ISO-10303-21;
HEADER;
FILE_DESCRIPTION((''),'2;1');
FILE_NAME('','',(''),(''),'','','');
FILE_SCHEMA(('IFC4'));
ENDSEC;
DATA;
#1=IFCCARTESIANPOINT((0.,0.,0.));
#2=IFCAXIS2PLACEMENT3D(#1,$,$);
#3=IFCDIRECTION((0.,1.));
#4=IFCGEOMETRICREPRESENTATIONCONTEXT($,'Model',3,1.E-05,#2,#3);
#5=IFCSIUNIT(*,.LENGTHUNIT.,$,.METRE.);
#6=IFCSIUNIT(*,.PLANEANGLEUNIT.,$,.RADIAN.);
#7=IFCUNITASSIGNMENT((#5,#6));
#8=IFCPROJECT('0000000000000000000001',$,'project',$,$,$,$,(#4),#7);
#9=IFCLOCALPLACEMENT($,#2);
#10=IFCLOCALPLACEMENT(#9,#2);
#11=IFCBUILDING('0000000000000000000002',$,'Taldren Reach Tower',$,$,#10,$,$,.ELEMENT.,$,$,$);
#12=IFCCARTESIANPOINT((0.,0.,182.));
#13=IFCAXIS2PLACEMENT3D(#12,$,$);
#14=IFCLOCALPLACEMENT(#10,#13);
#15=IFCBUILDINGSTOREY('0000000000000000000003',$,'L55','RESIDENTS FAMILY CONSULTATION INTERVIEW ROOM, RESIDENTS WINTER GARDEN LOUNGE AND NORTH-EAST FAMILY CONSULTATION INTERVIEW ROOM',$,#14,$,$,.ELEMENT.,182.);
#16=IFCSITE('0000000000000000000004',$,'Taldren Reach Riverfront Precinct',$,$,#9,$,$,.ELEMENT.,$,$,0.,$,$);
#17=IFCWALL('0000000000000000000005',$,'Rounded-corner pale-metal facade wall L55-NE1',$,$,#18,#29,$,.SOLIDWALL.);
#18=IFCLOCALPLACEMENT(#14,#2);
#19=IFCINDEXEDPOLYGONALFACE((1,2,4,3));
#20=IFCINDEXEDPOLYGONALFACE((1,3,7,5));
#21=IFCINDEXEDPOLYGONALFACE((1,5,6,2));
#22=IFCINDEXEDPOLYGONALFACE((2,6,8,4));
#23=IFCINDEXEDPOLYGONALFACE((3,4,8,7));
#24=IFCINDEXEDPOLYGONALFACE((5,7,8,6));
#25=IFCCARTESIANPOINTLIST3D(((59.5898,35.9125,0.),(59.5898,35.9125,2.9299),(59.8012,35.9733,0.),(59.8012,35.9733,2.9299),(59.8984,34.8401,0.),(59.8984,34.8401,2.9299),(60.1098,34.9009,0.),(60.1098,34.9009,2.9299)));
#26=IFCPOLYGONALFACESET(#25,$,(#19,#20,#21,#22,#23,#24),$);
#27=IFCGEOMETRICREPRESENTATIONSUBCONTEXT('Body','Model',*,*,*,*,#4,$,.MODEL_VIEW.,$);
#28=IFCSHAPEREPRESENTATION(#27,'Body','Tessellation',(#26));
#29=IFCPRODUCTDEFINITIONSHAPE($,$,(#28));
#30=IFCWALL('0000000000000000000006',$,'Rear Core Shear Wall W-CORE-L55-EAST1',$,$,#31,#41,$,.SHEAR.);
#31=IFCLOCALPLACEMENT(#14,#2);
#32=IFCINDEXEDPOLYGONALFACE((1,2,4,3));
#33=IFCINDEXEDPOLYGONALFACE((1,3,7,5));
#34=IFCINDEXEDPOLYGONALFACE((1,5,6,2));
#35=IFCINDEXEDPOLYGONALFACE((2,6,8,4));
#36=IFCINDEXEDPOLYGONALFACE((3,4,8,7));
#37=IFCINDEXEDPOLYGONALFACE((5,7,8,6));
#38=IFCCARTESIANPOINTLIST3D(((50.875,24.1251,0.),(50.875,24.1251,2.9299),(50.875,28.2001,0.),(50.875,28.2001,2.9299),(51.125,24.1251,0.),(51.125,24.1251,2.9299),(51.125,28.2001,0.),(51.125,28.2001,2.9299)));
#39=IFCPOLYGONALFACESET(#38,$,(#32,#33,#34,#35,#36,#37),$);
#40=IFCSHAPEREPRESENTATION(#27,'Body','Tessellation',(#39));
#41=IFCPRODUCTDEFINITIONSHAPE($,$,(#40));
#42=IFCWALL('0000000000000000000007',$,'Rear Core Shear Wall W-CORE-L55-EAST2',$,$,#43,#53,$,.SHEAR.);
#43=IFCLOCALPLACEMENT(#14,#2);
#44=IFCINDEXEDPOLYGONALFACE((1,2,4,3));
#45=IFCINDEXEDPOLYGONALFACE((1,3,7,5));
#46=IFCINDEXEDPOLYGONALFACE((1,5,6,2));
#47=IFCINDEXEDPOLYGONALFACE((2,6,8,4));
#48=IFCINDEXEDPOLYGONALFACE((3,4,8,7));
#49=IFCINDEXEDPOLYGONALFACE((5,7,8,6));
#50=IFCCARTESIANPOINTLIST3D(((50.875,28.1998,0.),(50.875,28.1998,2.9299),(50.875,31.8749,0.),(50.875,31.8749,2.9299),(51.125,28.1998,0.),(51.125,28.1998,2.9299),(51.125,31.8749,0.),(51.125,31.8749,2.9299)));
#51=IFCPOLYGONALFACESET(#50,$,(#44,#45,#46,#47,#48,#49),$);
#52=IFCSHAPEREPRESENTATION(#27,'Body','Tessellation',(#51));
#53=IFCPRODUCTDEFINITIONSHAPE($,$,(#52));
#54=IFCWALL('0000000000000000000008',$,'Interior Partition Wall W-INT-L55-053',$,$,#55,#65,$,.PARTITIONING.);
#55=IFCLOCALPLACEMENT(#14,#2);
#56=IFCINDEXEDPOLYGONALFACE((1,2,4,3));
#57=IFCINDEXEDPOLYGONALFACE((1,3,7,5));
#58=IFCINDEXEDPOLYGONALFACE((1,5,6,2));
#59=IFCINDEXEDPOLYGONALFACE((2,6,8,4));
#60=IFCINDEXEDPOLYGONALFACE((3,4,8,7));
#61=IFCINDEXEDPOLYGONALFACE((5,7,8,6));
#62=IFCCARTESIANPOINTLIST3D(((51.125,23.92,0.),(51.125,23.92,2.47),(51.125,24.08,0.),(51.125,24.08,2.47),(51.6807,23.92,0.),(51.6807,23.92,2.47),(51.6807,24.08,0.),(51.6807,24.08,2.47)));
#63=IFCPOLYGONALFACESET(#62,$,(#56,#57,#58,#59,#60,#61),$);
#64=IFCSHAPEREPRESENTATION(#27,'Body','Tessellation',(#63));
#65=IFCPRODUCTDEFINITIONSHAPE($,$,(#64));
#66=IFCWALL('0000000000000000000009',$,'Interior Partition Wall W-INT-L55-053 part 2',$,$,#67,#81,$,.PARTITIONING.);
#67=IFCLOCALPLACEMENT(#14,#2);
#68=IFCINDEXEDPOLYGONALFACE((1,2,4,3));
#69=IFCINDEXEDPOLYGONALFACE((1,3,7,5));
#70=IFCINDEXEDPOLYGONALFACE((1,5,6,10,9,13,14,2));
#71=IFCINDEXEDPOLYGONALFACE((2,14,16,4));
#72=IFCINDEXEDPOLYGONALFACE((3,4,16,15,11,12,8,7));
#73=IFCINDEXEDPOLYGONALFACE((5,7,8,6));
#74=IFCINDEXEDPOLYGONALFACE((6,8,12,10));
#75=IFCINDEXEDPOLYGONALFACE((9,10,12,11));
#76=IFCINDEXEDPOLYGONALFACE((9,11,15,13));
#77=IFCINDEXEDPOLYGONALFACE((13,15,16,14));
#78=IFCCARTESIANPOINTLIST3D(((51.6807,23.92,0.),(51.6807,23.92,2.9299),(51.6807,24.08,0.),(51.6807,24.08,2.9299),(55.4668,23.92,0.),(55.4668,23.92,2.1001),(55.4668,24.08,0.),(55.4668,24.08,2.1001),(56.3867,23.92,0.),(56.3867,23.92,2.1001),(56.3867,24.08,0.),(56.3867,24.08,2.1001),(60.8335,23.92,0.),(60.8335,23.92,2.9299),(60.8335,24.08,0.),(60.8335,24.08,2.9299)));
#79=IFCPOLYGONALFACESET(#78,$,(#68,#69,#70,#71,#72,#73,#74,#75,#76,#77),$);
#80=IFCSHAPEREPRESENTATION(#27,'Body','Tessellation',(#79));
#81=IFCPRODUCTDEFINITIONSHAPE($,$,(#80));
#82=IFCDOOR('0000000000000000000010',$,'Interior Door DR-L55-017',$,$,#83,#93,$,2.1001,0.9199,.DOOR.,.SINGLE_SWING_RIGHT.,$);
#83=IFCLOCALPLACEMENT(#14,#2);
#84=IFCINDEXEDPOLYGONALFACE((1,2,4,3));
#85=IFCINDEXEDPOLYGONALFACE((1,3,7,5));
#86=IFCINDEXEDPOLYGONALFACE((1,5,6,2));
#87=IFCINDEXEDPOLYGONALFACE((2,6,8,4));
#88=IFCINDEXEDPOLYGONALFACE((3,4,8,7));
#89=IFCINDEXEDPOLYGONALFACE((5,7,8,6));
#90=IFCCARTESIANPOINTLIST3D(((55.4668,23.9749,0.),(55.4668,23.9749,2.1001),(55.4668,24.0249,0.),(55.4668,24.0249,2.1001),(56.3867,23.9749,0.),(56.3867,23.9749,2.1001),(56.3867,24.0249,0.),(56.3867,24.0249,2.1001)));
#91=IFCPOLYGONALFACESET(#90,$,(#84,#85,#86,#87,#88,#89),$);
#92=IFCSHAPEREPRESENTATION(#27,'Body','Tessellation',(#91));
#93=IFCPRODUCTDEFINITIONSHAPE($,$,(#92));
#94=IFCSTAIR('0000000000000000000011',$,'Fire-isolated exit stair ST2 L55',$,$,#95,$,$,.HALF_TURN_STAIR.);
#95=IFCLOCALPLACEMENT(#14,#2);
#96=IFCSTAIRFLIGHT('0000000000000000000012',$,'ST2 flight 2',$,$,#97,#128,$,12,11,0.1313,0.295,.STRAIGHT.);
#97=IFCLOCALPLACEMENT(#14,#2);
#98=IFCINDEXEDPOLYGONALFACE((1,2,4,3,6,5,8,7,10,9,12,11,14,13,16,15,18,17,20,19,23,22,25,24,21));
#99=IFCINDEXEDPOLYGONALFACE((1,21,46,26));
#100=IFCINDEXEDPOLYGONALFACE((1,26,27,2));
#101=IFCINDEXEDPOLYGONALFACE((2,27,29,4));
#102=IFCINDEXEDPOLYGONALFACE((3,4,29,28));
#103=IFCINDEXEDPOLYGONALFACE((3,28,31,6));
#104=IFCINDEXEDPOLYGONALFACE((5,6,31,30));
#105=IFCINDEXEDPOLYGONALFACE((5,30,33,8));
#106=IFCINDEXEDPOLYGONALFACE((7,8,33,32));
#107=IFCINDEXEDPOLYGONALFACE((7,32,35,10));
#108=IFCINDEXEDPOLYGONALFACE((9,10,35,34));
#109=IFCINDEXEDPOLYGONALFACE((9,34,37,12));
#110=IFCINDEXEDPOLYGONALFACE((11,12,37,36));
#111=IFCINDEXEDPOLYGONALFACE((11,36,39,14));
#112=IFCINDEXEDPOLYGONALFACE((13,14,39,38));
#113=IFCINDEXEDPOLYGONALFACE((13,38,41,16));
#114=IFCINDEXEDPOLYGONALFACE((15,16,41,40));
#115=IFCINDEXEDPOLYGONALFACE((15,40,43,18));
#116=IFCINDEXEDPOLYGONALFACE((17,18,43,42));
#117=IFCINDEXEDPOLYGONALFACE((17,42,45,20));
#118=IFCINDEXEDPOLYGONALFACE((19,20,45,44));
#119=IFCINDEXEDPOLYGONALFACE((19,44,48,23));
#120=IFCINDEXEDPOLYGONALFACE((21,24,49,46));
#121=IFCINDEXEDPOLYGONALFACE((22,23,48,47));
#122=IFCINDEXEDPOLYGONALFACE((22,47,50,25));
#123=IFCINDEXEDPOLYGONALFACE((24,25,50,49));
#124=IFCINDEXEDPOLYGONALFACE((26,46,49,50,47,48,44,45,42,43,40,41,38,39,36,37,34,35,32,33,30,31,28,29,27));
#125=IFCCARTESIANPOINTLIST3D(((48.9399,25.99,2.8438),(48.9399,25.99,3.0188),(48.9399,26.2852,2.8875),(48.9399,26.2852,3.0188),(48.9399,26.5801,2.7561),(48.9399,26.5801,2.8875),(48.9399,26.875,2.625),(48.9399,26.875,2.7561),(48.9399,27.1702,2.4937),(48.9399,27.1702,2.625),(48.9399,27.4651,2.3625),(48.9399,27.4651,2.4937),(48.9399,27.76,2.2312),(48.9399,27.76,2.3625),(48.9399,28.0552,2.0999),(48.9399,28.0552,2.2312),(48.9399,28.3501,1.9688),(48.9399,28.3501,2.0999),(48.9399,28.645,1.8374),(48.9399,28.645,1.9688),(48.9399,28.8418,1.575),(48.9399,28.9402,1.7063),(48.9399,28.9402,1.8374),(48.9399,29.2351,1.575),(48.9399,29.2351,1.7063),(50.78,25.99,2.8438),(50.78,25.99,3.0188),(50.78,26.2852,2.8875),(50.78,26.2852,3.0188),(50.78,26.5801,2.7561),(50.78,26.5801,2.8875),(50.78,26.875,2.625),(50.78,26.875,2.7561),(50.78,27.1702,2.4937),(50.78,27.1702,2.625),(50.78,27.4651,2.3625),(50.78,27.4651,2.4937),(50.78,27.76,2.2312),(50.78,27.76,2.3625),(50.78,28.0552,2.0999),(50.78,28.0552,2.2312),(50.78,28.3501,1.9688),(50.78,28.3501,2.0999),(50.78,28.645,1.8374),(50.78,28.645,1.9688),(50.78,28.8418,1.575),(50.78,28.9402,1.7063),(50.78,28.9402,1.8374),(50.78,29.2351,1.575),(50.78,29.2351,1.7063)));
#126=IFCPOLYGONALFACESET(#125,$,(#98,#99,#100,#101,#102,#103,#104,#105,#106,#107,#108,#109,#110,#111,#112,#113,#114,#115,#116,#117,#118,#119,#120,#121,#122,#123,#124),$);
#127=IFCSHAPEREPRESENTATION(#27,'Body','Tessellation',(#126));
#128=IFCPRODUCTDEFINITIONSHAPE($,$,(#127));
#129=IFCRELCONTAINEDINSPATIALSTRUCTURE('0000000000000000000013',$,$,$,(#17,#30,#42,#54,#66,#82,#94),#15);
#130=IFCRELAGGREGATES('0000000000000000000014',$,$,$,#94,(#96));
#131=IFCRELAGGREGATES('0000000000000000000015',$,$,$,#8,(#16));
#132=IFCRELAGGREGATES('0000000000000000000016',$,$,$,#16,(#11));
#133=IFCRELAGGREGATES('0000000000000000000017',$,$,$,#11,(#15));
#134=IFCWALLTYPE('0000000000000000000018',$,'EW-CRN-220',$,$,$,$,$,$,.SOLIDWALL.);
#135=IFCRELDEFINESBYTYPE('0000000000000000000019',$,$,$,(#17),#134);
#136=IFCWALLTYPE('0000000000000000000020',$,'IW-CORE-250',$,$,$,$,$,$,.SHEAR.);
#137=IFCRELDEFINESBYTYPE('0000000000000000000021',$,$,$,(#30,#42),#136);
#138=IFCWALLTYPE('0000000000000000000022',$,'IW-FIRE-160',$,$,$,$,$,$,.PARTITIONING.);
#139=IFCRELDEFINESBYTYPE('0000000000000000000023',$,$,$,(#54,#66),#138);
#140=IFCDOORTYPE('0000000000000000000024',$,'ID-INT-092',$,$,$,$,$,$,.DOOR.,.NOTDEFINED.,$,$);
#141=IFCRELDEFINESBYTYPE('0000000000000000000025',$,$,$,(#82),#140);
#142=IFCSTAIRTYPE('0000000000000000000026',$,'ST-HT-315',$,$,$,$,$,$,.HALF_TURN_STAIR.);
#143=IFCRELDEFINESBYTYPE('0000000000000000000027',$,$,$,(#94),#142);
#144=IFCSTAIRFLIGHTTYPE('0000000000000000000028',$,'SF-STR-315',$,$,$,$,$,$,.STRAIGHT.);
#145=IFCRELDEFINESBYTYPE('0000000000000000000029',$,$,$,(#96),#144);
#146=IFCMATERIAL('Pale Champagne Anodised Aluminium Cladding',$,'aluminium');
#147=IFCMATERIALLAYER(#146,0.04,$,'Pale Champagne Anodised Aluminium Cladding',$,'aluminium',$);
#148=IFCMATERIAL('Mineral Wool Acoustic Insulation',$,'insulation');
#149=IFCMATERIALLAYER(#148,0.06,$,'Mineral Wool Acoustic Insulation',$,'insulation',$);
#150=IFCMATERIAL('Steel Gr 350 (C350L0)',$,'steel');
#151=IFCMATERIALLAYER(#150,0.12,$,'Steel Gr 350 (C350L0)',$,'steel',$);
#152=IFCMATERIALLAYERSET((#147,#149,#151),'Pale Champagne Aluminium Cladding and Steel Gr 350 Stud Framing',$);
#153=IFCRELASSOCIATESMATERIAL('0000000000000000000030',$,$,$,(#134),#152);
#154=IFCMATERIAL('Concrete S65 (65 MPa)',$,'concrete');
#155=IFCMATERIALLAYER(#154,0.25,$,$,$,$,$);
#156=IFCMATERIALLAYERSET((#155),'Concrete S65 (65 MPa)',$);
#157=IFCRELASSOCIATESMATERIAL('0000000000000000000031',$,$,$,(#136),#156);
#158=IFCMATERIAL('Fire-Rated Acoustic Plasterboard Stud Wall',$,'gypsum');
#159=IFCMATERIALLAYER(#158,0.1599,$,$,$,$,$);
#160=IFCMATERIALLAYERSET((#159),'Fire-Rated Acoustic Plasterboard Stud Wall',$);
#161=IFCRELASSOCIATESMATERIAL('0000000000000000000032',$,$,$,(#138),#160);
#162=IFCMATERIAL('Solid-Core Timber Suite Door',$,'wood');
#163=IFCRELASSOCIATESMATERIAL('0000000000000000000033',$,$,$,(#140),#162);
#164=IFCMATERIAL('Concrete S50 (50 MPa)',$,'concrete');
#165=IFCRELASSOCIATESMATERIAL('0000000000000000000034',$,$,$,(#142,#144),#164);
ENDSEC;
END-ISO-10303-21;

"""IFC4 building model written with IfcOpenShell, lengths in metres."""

from ifc_helpers import new_model, si_unit, direction, frame, frame_2d, origin, place, context, subcontext, project, spatial, polyline, rectangle, outline, extrude, source, transform, mapped, material, layer, layer_set, type_object, element, fill, aggregate, save


model = new_model("IFC4")

# Units and contexts
model_context = context("Model", 3, precision=1e-05, world=origin(), true_north=direction((0.0, 1.0)))
body_context = subcontext(model_context, "Body", "Model", "MODEL_VIEW")
ifc_project = project(units=[si_unit("LENGTHUNIT", "METRE"), si_unit("PLANEANGLEUNIT", "RADIAN")], contexts=[model_context])

# Site, building, storey
site_placement = place(None, origin())
site = spatial("IfcSite", under=ifc_project, at=site_placement, Name="Taldren Reach Riverfront Precinct", CompositionType="ELEMENT", RefElevation=0.0)
building_placement = place(site_placement, origin())
building = spatial("IfcBuilding", under=site, at=building_placement, Name="Taldren Reach Tower", CompositionType="ELEMENT")
storey_placement = place(building_placement, frame((0.0, 0.0, 182.0)))
storey = spatial("IfcBuildingStorey", under=building, at=storey_placement, Name="L55", Description="RESIDENTS FAMILY CONSULTATION INTERVIEW ROOM, RESIDENTS WINTER GARDEN LOUNGE AND NORTH-EAST FAMILY CONSULTATION INTERVIEW ROOM", CompositionType="ELEMENT", Elevation=182.0)

# Shared definitions
ifc_material_1 = material(Name="Steel Gr 350 (C350L0)", Category="steel")

# Walls
ifc_material_2 = material(Name="Pale Champagne Anodised Aluminium Cladding", Category="aluminium")
ifc_layer_1 = layer(ifc_material_2, 0.04, Name="Pale Champagne Anodised Aluminium Cladding", Category="aluminium")
ifc_material_3 = material(Name="Mineral Wool Acoustic Insulation", Category="insulation")
ifc_layer_2 = layer(ifc_material_3, 0.06, Name="Mineral Wool Acoustic Insulation", Category="insulation")
ifc_layer_3 = layer(ifc_material_1, 0.12, Name="Steel Gr 350 (C350L0)", Category="steel")
ifc_layer_set_1 = layer_set([ifc_layer_1, ifc_layer_2, ifc_layer_3], Name="Pale Champagne Aluminium Cladding and Steel Gr 350 Stud Framing")
wall_type_1 = type_object("IfcWallType", Name="EW-CRN-220", PredefinedType="SOLIDWALL", material=ifc_layer_set_1)
shared_shape_1 = source(origin(), body_context, "Body", "SweptSolid", [
    extrude(rectangle(XDim=1.116, YDim=0.22, at=frame_2d((0.5581, 0.0))), origin(), (0.0, 0.0, 1.0), 2.9299),
])
wall_1_placement = place(storey_placement, frame((60.0042, 34.8704, 0.0), z_axis=(0.0, 0.0, 1.0), x_axis=(-0.276512, 0.96101, 0.0)))
element("IfcWall", 1, at=wall_1_placement, inside=storey, type_object=wall_type_1, Name="Rounded-corner pale-metal facade wall L55-NE1", PredefinedType="SOLIDWALL", context=body_context, shape_type="MappedRepresentation", body=[
    mapped(shared_shape_1, transform((0.0, 0.0, 0.0), scale=1.0)),
])
ifc_material_4 = material(Name="Concrete S65 (65 MPa)", Category="concrete")
ifc_layer_4 = layer(ifc_material_4, 0.25)
ifc_layer_set_2 = layer_set([ifc_layer_4], Name="Concrete S65 (65 MPa)")
wall_type_2 = type_object("IfcWallType", Name="IW-CORE-250", PredefinedType="SHEAR", material=ifc_layer_set_2)
shared_shape_2 = source(origin(), body_context, "Body", "SweptSolid", [
    extrude(rectangle(XDim=4.075, YDim=0.25, at=frame_2d((2.0376, 0.0))), origin(), (0.0, 0.0, 1.0), 2.9299),
])
wall_2_placement = place(storey_placement, frame((51.0, 24.125, 0.0), z_axis=(0.0, 0.0, 1.0), x_axis=(0.0, 1.0, 0.0)))
element("IfcWall", 2, at=wall_2_placement, inside=storey, type_object=wall_type_2, Name="Rear Core Shear Wall W-CORE-L55-EAST1", PredefinedType="SHEAR", context=body_context, shape_type="MappedRepresentation", body=[
    mapped(shared_shape_2, transform((0.0, 0.0, 0.0), scale=1.0)),
])
shared_shape_3 = source(origin(), body_context, "Body", "SweptSolid", [
    extrude(rectangle(XDim=3.675, YDim=0.25, at=frame_2d((1.8374, 0.0))), origin(), (0.0, 0.0, 1.0), 2.9299),
])
wall_3_placement = place(storey_placement, frame((51.0, 28.2, 0.0), z_axis=(0.0, 0.0, 1.0), x_axis=(0.0, 1.0, 0.0)))
element("IfcWall", 3, at=wall_3_placement, inside=storey, type_object=wall_type_2, Name="Rear Core Shear Wall W-CORE-L55-EAST2", PredefinedType="SHEAR", context=body_context, shape_type="MappedRepresentation", body=[
    mapped(shared_shape_3, transform((0.0, 0.0, 0.0), scale=1.0)),
])
ifc_material_5 = material(Name="Fire-Rated Acoustic Plasterboard Stud Wall", Category="gypsum")
ifc_layer_5 = layer(ifc_material_5, 0.1599)
ifc_layer_set_3 = layer_set([ifc_layer_5], Name="Fire-Rated Acoustic Plasterboard Stud Wall")
wall_type_3 = type_object("IfcWallType", Name="IW-FIRE-160", PredefinedType="PARTITIONING", material=ifc_layer_set_3)
shared_shape_4 = source(origin(), body_context, "Body", "SweptSolid", [
    extrude(rectangle(XDim=0.5557, YDim=0.1599, at=frame_2d((0.2778, 0.0))), origin(), (0.0, 0.0, 1.0), 2.47),
])
wall_4_placement = place(storey_placement, frame((51.125, 24.0, 0.0), z_axis=(0.0, 0.0, 1.0), x_axis=(1.0, 0.0, 0.0)))
element("IfcWall", 4, at=wall_4_placement, inside=storey, type_object=wall_type_3, Name="Interior Partition Wall W-INT-L55-053", PredefinedType="PARTITIONING", context=body_context, shape_type="MappedRepresentation", body=[
    mapped(shared_shape_4, transform((0.0, 0.0, 0.0), scale=1.0)),
])

# Wall, opening, door
shared_shape_5 = source(origin(), body_context, "Body", "SweptSolid", [
    extrude(rectangle(XDim=9.1528, YDim=0.1599, at=frame_2d((4.5764, 0.0))), origin(), (0.0, 0.0, 1.0), 2.9299),
])
wall_5_placement = place(storey_placement, frame((51.6807, 24.0, 0.0), z_axis=(0.0, 0.0, 1.0), x_axis=(1.0, 0.0, 0.0)))
wall_5 = element("IfcWall", 5, at=wall_5_placement, inside=storey, type_object=wall_type_3, Name="Interior Partition Wall W-INT-L55-053 part 2", PredefinedType="PARTITIONING", context=body_context, shape_type="MappedRepresentation", body=[
    mapped(shared_shape_5, transform((0.0, 0.0, 0.0), scale=1.0)),
])
shared_shape_6 = source(origin(), body_context, "Body", "SweptSolid", [
    extrude(rectangle(XDim=0.9199, YDim=2.1001, at=frame_2d((0.46, 1.05))), frame((0.0, 0.0898, 0.0), z_axis=(0.0, -1.0, 0.0), x_axis=(1.0, 0.0, 0.0)), (0.0, 0.0, 1.0), 0.1799),
])
opening_placement = place(wall_5_placement, frame((3.7861, 0.0, 0.0)))
opening = element("IfcOpeningElement", 6, at=opening_placement, cuts=wall_5, PredefinedType="OPENING", context=body_context, shape_type="MappedRepresentation", body=[
    mapped(shared_shape_6, transform((0.0, 0.0, 0.0), scale=1.0)),
])
ifc_material_6 = material(Name="Solid-Core Timber Suite Door", Category="wood")
door_type = type_object("IfcDoorType", Name="ID-INT-092", OperationType="NOTDEFINED", PredefinedType="DOOR", material=ifc_material_6)
shared_shape_7 = source(origin(), body_context, "Body", "SweptSolid", [
    extrude(rectangle(XDim=0.9199, YDim=2.1001, at=frame_2d((0.46, 1.05))), frame((0.0, 0.0249, 0.0), z_axis=(0.0, -1.0, 0.0), x_axis=(1.0, 0.0, 0.0)), (0.0, 0.0, 1.0), 0.05),
])
door_placement = place(opening_placement, origin())
door = element("IfcDoor", 7, at=door_placement, inside=storey, type_object=door_type, Name="Interior Door DR-L55-017", OperationType="SINGLE_SWING_RIGHT", OverallHeight=2.1001, OverallWidth=0.9199, PredefinedType="DOOR", context=body_context, shape_type="MappedRepresentation", body=[
    mapped(shared_shape_7, transform((0.0, 0.0, 0.0), scale=1.0)),
])
fill(opening, door)

# Stair, stair flight
ifc_material_7 = material(Name="Concrete S50 (50 MPa)", Category="concrete")
stair_type = type_object("IfcStairType", Name="ST-HT-315", PredefinedType="HALF_TURN_STAIR", material=ifc_material_7)
stair_placement = place(storey_placement, origin())
stair = element("IfcStair", 8, at=stair_placement, inside=storey, type_object=stair_type, Name="Fire-isolated exit stair ST2 L55", PredefinedType="HALF_TURN_STAIR")
stair_flight_type = type_object("IfcStairFlightType", Name="SF-STR-315", PredefinedType="STRAIGHT", material=ifc_material_7)
stair_flight_placement = place(storey_placement, frame((49.8601, 29.2351, 1.575), z_axis=(0.0, 0.0, 1.0), x_axis=(0.0, -1.0, 0.0)))
stair_flight = element("IfcStairFlight", 9, at=stair_flight_placement, type_object=stair_flight_type, Name="ST2 flight 2", NumberOfRisers=12, NumberOfTreads=11, PredefinedType="STRAIGHT", RiserHeight=0.1313, TreadLength=0.295, context=body_context, shape_type="SweptSolid", body=[
    extrude(outline(polyline([(0.0, 0.0), (0.0, 0.1313), (0.2949, 0.1313), (0.2949, 0.2625), (0.5901, 0.2625), (0.5901, 0.3938), (0.885, 0.3938), (0.885, 0.5249), (1.1799, 0.5249), (1.1799, 0.6562), (1.4751, 0.6562), (1.4751, 0.7876), (1.77, 0.7876), (1.77, 0.9187), (2.0649, 0.9187), (2.0649, 1.05), (2.3601, 1.05), (2.3601, 1.1812), (2.655, 1.1812), (2.655, 1.3125), (2.95, 1.3125), (2.95, 1.4438), (3.2451, 1.4438), (3.2451, 1.575), (3.2451, 1.2688), (0.3933, 0.0), (0.0, 0.0)])), frame((0.0, 0.9199, 0.0), z_axis=(0.0, -1.0, 0.0), x_axis=(1.0, 0.0, 0.0)), (0.0, 0.0, 1.0), 1.8401),
])
aggregate(stair, [stair_flight])

save(model, "model.ifc")
